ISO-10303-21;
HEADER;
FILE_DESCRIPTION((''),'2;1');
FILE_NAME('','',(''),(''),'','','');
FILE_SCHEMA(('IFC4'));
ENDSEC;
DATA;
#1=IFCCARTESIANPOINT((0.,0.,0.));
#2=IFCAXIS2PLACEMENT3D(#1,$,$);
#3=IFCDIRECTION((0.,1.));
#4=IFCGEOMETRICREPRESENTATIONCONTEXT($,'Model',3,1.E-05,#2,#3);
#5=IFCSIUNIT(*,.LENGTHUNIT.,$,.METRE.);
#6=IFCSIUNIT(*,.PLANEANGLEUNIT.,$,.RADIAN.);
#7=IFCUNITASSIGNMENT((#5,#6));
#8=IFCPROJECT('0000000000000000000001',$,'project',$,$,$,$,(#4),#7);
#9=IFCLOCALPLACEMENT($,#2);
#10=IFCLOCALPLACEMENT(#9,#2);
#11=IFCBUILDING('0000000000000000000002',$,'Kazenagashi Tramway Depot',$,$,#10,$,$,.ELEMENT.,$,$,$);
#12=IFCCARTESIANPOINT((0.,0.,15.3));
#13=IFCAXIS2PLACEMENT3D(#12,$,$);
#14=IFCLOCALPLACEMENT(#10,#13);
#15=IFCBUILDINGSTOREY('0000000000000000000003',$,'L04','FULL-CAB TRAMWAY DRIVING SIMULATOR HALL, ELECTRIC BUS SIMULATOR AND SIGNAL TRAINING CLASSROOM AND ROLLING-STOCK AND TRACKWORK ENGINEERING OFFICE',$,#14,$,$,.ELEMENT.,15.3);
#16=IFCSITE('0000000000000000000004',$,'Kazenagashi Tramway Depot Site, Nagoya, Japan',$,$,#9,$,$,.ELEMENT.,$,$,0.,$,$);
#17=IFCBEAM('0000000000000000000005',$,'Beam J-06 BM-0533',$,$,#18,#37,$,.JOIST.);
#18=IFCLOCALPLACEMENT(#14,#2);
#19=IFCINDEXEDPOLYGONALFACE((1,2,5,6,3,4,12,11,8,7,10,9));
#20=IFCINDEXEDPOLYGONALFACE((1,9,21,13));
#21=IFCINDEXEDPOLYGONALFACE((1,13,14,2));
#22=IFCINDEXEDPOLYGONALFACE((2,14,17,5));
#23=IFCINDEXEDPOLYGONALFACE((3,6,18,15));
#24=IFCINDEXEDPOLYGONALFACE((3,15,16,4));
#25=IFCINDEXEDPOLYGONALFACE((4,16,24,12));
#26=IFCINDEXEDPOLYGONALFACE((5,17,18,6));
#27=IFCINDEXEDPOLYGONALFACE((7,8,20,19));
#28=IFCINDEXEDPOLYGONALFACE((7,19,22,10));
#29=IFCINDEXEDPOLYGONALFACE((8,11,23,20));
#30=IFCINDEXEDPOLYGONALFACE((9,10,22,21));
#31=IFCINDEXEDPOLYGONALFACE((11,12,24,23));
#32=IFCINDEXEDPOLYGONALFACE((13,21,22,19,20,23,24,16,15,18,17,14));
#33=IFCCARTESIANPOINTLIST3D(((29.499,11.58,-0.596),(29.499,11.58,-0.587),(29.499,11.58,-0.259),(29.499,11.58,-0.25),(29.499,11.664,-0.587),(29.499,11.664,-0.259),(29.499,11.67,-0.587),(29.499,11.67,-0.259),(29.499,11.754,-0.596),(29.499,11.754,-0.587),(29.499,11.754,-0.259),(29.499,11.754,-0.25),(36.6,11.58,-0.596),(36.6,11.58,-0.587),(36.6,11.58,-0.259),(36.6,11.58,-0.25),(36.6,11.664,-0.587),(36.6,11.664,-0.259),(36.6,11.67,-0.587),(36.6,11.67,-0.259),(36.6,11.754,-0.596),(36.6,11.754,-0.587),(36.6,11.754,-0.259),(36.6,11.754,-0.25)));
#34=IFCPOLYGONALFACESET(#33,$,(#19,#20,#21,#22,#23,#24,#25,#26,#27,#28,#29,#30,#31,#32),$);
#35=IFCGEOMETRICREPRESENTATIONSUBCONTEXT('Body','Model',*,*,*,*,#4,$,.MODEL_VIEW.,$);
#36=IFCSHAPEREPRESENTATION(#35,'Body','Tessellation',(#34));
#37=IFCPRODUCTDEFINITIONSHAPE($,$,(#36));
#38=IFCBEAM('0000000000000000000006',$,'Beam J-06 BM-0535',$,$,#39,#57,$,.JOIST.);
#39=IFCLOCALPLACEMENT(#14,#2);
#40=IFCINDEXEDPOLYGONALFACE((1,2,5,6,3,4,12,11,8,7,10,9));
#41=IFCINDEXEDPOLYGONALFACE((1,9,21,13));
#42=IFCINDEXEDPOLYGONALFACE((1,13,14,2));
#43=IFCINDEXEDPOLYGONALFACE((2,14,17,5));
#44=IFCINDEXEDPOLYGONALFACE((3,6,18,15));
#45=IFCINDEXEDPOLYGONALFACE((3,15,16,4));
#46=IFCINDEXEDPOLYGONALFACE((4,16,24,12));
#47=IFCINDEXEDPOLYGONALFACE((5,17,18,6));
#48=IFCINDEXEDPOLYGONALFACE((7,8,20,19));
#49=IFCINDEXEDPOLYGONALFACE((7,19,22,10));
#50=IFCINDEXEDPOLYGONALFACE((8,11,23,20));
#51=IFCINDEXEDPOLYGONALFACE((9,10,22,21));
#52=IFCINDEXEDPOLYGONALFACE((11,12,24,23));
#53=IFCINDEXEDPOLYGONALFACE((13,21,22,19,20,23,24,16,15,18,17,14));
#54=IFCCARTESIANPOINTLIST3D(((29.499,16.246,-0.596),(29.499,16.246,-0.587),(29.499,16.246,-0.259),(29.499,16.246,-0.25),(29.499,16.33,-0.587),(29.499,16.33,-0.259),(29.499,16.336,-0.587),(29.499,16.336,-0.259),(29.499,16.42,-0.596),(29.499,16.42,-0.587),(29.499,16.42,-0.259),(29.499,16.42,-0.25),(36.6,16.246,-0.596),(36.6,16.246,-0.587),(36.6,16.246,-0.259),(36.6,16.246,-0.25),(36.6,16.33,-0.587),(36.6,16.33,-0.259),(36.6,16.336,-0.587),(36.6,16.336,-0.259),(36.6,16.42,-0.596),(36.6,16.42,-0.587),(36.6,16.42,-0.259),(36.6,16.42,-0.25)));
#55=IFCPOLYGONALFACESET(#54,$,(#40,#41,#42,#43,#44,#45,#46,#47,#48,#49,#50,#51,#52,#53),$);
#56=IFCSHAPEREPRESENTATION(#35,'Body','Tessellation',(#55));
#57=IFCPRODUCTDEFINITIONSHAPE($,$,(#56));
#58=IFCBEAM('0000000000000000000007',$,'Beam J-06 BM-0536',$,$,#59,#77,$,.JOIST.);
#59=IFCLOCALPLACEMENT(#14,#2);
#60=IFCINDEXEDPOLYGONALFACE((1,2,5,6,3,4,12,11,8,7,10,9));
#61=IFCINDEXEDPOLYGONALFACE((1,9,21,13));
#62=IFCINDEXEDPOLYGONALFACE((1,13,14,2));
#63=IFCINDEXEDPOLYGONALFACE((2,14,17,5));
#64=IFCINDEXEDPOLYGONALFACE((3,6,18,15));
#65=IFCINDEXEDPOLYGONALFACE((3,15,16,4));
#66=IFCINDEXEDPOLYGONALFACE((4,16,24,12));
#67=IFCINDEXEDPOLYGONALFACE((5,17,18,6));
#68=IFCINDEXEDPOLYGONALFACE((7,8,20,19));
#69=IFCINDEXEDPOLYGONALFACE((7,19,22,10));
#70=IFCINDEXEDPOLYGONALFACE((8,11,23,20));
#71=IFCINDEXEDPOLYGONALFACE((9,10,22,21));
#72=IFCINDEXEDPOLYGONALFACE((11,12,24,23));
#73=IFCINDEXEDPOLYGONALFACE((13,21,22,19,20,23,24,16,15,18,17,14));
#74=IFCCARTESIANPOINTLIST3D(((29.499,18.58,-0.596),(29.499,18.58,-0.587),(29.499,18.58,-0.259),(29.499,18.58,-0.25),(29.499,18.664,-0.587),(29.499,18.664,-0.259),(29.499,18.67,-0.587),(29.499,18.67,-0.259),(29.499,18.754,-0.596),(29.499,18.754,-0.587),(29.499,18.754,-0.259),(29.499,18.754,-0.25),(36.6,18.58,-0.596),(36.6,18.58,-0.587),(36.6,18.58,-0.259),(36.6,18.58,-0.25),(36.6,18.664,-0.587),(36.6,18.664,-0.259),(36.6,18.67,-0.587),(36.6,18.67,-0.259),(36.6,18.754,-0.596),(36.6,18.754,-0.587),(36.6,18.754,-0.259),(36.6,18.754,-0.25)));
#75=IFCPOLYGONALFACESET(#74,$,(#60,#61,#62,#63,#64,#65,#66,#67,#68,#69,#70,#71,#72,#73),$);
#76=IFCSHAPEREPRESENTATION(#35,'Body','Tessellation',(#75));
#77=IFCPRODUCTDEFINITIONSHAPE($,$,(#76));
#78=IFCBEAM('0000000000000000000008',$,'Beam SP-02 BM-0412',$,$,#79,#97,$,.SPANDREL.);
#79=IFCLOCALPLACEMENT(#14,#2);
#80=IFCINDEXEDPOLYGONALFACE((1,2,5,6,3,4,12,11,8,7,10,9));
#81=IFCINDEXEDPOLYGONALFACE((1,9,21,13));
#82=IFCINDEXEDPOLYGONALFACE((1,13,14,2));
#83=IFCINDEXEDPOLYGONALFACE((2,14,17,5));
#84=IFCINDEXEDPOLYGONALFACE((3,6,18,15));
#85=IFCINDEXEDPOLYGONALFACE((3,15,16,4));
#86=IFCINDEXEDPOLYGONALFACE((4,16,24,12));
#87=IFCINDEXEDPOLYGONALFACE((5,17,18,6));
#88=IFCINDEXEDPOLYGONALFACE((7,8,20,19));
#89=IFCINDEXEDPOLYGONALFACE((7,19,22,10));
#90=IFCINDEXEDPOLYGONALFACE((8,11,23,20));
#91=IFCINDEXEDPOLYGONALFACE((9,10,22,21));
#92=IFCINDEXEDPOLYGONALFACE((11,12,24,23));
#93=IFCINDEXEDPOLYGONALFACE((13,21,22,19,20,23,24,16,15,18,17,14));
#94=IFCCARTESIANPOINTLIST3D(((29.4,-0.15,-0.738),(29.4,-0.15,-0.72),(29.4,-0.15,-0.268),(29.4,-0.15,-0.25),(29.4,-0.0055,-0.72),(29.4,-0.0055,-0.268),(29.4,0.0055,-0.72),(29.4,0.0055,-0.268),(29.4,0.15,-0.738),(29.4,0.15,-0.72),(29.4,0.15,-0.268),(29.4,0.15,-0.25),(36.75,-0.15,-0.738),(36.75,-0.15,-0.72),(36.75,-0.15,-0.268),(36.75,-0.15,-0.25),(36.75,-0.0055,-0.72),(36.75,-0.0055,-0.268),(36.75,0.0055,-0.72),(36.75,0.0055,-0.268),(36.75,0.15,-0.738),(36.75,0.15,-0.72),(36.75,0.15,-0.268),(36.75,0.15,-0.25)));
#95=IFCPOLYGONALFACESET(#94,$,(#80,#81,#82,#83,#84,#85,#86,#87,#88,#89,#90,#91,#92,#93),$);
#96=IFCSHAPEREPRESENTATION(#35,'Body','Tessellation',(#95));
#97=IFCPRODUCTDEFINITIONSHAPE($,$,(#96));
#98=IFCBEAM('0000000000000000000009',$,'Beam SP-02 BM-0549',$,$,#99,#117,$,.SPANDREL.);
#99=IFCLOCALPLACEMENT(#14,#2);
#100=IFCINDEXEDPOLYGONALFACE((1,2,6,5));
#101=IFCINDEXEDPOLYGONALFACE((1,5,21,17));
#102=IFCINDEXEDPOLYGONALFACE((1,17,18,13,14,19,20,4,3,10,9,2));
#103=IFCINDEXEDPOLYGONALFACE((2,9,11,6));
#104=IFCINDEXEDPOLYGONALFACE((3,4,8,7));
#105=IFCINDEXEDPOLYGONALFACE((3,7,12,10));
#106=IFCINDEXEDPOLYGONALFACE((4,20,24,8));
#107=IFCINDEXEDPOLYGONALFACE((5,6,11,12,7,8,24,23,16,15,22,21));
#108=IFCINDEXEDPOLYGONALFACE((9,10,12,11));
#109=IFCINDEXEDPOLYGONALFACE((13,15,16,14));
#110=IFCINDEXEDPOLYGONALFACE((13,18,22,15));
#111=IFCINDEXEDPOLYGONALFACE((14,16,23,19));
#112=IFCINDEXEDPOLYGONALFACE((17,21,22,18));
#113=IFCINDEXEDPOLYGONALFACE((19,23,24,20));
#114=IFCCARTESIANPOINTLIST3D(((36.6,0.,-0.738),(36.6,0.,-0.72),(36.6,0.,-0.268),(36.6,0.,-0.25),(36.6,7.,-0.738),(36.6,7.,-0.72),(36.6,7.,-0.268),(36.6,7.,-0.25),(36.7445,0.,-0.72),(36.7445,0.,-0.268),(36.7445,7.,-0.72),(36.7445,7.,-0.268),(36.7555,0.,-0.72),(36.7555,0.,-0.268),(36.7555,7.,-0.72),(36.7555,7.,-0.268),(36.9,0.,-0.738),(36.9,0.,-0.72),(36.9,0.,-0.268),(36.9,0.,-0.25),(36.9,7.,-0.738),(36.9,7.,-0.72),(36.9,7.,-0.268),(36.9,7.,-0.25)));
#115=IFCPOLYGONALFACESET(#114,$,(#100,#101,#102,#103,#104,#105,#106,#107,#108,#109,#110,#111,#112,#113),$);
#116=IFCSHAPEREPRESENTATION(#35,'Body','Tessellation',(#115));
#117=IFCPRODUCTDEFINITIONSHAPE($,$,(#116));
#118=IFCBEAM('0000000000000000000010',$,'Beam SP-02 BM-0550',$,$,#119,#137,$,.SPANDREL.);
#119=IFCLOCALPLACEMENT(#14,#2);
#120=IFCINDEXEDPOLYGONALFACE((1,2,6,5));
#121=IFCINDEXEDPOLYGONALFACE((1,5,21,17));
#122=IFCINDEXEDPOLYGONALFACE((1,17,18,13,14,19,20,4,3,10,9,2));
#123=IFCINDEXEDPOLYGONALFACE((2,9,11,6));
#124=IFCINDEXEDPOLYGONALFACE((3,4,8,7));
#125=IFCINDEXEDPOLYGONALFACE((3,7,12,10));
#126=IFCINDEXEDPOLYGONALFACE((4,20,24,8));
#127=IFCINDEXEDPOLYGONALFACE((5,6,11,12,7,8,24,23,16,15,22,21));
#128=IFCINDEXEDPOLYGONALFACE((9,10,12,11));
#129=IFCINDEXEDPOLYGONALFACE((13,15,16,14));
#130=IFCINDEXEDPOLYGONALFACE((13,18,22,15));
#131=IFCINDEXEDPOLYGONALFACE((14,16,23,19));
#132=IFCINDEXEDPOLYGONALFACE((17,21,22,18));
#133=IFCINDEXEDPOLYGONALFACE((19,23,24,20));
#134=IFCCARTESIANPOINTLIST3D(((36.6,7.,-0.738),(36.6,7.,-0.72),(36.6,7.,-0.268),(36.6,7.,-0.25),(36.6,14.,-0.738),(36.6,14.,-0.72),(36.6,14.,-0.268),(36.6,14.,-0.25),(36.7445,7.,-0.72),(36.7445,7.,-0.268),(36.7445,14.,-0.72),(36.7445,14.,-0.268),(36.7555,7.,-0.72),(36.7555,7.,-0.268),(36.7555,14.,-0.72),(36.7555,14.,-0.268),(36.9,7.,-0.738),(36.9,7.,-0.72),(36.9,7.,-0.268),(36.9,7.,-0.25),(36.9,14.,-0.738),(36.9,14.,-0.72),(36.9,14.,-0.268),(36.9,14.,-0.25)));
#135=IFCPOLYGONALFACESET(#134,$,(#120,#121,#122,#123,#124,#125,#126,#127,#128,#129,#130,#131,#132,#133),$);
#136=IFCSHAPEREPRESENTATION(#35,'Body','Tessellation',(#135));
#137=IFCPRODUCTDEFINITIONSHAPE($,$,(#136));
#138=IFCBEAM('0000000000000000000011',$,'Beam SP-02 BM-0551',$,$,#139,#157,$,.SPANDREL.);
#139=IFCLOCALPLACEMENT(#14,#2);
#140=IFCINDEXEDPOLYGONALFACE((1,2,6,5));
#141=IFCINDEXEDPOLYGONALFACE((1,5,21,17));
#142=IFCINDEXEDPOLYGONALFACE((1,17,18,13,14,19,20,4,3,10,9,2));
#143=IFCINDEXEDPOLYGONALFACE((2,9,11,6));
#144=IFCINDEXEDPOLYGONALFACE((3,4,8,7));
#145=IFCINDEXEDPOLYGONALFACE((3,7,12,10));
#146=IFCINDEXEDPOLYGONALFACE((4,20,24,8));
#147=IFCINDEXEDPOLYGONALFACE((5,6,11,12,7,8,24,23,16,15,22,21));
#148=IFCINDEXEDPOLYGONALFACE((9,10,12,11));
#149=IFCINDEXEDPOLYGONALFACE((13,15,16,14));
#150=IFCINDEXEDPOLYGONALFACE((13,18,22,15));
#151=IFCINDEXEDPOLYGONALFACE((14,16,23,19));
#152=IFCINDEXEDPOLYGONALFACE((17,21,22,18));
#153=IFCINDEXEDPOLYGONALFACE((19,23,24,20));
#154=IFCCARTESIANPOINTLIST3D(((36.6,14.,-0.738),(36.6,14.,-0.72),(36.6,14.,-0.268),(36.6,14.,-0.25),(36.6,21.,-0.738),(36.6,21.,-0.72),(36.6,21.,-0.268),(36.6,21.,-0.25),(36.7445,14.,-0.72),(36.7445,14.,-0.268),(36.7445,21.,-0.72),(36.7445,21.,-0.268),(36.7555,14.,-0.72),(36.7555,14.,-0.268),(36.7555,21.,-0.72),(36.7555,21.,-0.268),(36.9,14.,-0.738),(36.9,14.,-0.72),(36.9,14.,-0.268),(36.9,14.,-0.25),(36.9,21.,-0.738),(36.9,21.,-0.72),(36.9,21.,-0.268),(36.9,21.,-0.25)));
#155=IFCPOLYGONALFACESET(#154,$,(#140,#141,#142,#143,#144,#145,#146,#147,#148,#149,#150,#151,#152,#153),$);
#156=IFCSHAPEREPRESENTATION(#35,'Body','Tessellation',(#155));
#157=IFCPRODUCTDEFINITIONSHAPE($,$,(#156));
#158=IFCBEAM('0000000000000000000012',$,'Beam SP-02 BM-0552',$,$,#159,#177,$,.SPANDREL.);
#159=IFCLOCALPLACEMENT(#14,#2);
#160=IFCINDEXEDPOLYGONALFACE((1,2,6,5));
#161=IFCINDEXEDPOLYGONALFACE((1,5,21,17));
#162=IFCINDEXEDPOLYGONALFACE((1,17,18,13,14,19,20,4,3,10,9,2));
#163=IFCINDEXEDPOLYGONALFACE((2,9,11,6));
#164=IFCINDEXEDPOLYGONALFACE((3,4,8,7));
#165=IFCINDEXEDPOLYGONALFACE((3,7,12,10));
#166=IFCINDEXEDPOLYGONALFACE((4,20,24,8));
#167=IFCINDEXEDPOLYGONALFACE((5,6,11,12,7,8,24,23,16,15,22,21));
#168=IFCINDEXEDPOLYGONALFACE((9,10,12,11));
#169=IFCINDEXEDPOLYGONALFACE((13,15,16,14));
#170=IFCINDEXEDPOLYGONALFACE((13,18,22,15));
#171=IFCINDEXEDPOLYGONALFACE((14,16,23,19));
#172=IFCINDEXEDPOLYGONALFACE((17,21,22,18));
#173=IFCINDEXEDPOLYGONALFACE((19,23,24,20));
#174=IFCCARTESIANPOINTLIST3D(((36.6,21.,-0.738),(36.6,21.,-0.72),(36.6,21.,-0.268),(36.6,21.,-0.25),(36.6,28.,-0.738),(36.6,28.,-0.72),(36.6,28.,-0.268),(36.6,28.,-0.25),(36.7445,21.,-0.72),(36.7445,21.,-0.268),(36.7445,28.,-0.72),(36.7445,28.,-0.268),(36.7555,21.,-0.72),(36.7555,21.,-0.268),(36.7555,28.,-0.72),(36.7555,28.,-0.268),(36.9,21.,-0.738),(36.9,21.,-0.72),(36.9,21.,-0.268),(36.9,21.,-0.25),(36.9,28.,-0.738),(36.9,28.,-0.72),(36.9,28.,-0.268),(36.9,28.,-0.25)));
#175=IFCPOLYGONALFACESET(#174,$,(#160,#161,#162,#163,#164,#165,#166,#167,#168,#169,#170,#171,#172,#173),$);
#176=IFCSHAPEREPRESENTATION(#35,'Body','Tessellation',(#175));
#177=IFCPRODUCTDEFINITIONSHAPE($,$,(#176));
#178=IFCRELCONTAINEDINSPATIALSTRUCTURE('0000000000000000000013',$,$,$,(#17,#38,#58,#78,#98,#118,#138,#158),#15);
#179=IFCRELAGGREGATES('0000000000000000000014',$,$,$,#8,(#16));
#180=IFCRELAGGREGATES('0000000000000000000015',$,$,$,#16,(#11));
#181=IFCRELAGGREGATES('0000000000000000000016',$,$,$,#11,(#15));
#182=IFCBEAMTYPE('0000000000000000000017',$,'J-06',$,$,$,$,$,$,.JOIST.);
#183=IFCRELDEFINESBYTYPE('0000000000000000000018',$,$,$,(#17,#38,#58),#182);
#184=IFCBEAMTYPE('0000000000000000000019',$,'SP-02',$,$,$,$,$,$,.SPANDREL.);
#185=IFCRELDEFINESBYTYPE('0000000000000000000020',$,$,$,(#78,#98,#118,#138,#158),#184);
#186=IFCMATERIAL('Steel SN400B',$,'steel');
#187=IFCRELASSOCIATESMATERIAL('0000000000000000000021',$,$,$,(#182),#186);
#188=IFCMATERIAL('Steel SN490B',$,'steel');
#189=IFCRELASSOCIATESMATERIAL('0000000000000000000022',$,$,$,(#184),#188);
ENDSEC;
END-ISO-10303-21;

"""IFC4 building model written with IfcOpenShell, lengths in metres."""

from ifc_helpers import new_model, si_unit, direction, frame, origin, origin_2d, place, context, subcontext, project, spatial, i_section, extrude, material, material_profile, profile_set, type_object, element, save


model = new_model("IFC4")

# Units and contexts
model_context = context("Model", 3, precision=1e-05, world=origin(), true_north=direction((0.0, 1.0)))
body_context = subcontext(model_context, "Body", "Model", "MODEL_VIEW")
ifc_project = project(units=[si_unit("LENGTHUNIT", "METRE"), si_unit("PLANEANGLEUNIT", "RADIAN")], contexts=[model_context])

# Site, building, storey
site_placement = place(None, origin())
site = spatial("IfcSite", under=ifc_project, at=site_placement, Name="Kazenagashi Tramway Depot Site, Nagoya, Japan", CompositionType="ELEMENT", RefElevation=0.0)
building_placement = place(site_placement, origin())
building = spatial("IfcBuilding", under=site, at=building_placement, Name="Kazenagashi Tramway Depot", CompositionType="ELEMENT")
storey_placement = place(building_placement, frame((0.0, 0.0, 15.3)))
storey = spatial("IfcBuildingStorey", under=building, at=storey_placement, Name="L04", Description="FULL-CAB TRAMWAY DRIVING SIMULATOR HALL, ELECTRIC BUS SIMULATOR AND SIGNAL TRAINING CLASSROOM AND ROLLING-STOCK AND TRACKWORK ENGINEERING OFFICE", CompositionType="ELEMENT", Elevation=15.3)

# Shared definitions
ifc_material_1 = material(Name="Steel SN490B", Category="steel")

# Beams
ifc_material_2 = material(Name="Steel SN400B", Category="steel")
ifc_material_profile_1 = material_profile(ifc_material_2, i_section(OverallWidth=0.174, OverallDepth=0.346, WebThickness=0.006, FlangeThickness=0.009, at=origin_2d()), Name="H-346x174x6x9")
ifc_profile_set_1 = profile_set([ifc_material_profile_1], Name="Steel SN400B")
beam_type_1 = type_object("IfcBeamType", Name="J-06", PredefinedType="JOIST", material=ifc_profile_set_1)
for number, where, z_axis, x_axis, name in (
    (1, (29.499, 11.667, -0.423), (1.0, 0.0, 0.0), (0.0, 1.0, 0.0), "Beam J-06 BM-0533"),
    (2, (29.499, 16.333, -0.423), (1.0, 0.0, 0.0), (0.0, 1.0, 0.0), "Beam J-06 BM-0535"),
    (3, (29.499, 18.667, -0.423), (1.0, 0.0, 0.0), (0.0, 1.0, 0.0), "Beam J-06 BM-0536"),
):
    element("IfcBeam", number, at=place(storey_placement, frame(where, z_axis=z_axis, x_axis=x_axis)), inside=storey, type_object=beam_type_1, Name=name, PredefinedType="JOIST", context=body_context, shape_type="SweptSolid", body=[
        extrude(i_section(OverallWidth=0.174, OverallDepth=0.346, WebThickness=0.006, FlangeThickness=0.009, at=origin_2d()), origin(), (0.0, 0.0, 1.0), 7.101),
    ])
ifc_material_profile_2 = material_profile(ifc_material_1, i_section(OverallWidth=0.3, OverallDepth=0.488, WebThickness=0.011, FlangeThickness=0.018, at=origin_2d()), Name="H-488x300x11x18")
ifc_profile_set_2 = profile_set([ifc_material_profile_2], Name="Steel SN490B")
beam_type_2 = type_object("IfcBeamType", Name="SP-02", PredefinedType="SPANDREL", material=ifc_profile_set_2)
beam_placement = place(storey_placement, frame((29.4, 0.0, -0.494), z_axis=(1.0, 0.0, 0.0), x_axis=(0.0, 1.0, 0.0)))
element("IfcBeam", 4, at=beam_placement, inside=storey, type_object=beam_type_2, Name="Beam SP-02 BM-0412", PredefinedType="SPANDREL", context=body_context, shape_type="SweptSolid", body=[
    extrude(i_section(OverallWidth=0.3, OverallDepth=0.488, WebThickness=0.011, FlangeThickness=0.018, at=origin_2d()), origin(), (0.0, 0.0, 1.0), 7.35),
])
for number, where, z_axis, x_axis, name in (
    (5, (36.75, 0.0, -0.494), (0.0, 1.0, 0.0), (-1.0, 0.0, 0.0), "Beam SP-02 BM-0549"),
    (6, (36.75, 7.0, -0.494), (0.0, 1.0, 0.0), (-1.0, 0.0, 0.0), "Beam SP-02 BM-0550"),
    (7, (36.75, 14.0, -0.494), (0.0, 1.0, 0.0), (-1.0, 0.0, 0.0), "Beam SP-02 BM-0551"),
    (8, (36.75, 21.0, -0.494), (0.0, 1.0, 0.0), (-1.0, 0.0, 0.0), "Beam SP-02 BM-0552"),
):
    element("IfcBeam", number, at=place(storey_placement, frame(where, z_axis=z_axis, x_axis=x_axis)), inside=storey, type_object=beam_type_2, Name=name, PredefinedType="SPANDREL", context=body_context, shape_type="SweptSolid", body=[
        extrude(i_section(OverallWidth=0.3, OverallDepth=0.488, WebThickness=0.011, FlangeThickness=0.018, at=origin_2d()), origin(), (0.0, 0.0, 1.0), 7.0),
    ])

save(model, "model.ifc")
